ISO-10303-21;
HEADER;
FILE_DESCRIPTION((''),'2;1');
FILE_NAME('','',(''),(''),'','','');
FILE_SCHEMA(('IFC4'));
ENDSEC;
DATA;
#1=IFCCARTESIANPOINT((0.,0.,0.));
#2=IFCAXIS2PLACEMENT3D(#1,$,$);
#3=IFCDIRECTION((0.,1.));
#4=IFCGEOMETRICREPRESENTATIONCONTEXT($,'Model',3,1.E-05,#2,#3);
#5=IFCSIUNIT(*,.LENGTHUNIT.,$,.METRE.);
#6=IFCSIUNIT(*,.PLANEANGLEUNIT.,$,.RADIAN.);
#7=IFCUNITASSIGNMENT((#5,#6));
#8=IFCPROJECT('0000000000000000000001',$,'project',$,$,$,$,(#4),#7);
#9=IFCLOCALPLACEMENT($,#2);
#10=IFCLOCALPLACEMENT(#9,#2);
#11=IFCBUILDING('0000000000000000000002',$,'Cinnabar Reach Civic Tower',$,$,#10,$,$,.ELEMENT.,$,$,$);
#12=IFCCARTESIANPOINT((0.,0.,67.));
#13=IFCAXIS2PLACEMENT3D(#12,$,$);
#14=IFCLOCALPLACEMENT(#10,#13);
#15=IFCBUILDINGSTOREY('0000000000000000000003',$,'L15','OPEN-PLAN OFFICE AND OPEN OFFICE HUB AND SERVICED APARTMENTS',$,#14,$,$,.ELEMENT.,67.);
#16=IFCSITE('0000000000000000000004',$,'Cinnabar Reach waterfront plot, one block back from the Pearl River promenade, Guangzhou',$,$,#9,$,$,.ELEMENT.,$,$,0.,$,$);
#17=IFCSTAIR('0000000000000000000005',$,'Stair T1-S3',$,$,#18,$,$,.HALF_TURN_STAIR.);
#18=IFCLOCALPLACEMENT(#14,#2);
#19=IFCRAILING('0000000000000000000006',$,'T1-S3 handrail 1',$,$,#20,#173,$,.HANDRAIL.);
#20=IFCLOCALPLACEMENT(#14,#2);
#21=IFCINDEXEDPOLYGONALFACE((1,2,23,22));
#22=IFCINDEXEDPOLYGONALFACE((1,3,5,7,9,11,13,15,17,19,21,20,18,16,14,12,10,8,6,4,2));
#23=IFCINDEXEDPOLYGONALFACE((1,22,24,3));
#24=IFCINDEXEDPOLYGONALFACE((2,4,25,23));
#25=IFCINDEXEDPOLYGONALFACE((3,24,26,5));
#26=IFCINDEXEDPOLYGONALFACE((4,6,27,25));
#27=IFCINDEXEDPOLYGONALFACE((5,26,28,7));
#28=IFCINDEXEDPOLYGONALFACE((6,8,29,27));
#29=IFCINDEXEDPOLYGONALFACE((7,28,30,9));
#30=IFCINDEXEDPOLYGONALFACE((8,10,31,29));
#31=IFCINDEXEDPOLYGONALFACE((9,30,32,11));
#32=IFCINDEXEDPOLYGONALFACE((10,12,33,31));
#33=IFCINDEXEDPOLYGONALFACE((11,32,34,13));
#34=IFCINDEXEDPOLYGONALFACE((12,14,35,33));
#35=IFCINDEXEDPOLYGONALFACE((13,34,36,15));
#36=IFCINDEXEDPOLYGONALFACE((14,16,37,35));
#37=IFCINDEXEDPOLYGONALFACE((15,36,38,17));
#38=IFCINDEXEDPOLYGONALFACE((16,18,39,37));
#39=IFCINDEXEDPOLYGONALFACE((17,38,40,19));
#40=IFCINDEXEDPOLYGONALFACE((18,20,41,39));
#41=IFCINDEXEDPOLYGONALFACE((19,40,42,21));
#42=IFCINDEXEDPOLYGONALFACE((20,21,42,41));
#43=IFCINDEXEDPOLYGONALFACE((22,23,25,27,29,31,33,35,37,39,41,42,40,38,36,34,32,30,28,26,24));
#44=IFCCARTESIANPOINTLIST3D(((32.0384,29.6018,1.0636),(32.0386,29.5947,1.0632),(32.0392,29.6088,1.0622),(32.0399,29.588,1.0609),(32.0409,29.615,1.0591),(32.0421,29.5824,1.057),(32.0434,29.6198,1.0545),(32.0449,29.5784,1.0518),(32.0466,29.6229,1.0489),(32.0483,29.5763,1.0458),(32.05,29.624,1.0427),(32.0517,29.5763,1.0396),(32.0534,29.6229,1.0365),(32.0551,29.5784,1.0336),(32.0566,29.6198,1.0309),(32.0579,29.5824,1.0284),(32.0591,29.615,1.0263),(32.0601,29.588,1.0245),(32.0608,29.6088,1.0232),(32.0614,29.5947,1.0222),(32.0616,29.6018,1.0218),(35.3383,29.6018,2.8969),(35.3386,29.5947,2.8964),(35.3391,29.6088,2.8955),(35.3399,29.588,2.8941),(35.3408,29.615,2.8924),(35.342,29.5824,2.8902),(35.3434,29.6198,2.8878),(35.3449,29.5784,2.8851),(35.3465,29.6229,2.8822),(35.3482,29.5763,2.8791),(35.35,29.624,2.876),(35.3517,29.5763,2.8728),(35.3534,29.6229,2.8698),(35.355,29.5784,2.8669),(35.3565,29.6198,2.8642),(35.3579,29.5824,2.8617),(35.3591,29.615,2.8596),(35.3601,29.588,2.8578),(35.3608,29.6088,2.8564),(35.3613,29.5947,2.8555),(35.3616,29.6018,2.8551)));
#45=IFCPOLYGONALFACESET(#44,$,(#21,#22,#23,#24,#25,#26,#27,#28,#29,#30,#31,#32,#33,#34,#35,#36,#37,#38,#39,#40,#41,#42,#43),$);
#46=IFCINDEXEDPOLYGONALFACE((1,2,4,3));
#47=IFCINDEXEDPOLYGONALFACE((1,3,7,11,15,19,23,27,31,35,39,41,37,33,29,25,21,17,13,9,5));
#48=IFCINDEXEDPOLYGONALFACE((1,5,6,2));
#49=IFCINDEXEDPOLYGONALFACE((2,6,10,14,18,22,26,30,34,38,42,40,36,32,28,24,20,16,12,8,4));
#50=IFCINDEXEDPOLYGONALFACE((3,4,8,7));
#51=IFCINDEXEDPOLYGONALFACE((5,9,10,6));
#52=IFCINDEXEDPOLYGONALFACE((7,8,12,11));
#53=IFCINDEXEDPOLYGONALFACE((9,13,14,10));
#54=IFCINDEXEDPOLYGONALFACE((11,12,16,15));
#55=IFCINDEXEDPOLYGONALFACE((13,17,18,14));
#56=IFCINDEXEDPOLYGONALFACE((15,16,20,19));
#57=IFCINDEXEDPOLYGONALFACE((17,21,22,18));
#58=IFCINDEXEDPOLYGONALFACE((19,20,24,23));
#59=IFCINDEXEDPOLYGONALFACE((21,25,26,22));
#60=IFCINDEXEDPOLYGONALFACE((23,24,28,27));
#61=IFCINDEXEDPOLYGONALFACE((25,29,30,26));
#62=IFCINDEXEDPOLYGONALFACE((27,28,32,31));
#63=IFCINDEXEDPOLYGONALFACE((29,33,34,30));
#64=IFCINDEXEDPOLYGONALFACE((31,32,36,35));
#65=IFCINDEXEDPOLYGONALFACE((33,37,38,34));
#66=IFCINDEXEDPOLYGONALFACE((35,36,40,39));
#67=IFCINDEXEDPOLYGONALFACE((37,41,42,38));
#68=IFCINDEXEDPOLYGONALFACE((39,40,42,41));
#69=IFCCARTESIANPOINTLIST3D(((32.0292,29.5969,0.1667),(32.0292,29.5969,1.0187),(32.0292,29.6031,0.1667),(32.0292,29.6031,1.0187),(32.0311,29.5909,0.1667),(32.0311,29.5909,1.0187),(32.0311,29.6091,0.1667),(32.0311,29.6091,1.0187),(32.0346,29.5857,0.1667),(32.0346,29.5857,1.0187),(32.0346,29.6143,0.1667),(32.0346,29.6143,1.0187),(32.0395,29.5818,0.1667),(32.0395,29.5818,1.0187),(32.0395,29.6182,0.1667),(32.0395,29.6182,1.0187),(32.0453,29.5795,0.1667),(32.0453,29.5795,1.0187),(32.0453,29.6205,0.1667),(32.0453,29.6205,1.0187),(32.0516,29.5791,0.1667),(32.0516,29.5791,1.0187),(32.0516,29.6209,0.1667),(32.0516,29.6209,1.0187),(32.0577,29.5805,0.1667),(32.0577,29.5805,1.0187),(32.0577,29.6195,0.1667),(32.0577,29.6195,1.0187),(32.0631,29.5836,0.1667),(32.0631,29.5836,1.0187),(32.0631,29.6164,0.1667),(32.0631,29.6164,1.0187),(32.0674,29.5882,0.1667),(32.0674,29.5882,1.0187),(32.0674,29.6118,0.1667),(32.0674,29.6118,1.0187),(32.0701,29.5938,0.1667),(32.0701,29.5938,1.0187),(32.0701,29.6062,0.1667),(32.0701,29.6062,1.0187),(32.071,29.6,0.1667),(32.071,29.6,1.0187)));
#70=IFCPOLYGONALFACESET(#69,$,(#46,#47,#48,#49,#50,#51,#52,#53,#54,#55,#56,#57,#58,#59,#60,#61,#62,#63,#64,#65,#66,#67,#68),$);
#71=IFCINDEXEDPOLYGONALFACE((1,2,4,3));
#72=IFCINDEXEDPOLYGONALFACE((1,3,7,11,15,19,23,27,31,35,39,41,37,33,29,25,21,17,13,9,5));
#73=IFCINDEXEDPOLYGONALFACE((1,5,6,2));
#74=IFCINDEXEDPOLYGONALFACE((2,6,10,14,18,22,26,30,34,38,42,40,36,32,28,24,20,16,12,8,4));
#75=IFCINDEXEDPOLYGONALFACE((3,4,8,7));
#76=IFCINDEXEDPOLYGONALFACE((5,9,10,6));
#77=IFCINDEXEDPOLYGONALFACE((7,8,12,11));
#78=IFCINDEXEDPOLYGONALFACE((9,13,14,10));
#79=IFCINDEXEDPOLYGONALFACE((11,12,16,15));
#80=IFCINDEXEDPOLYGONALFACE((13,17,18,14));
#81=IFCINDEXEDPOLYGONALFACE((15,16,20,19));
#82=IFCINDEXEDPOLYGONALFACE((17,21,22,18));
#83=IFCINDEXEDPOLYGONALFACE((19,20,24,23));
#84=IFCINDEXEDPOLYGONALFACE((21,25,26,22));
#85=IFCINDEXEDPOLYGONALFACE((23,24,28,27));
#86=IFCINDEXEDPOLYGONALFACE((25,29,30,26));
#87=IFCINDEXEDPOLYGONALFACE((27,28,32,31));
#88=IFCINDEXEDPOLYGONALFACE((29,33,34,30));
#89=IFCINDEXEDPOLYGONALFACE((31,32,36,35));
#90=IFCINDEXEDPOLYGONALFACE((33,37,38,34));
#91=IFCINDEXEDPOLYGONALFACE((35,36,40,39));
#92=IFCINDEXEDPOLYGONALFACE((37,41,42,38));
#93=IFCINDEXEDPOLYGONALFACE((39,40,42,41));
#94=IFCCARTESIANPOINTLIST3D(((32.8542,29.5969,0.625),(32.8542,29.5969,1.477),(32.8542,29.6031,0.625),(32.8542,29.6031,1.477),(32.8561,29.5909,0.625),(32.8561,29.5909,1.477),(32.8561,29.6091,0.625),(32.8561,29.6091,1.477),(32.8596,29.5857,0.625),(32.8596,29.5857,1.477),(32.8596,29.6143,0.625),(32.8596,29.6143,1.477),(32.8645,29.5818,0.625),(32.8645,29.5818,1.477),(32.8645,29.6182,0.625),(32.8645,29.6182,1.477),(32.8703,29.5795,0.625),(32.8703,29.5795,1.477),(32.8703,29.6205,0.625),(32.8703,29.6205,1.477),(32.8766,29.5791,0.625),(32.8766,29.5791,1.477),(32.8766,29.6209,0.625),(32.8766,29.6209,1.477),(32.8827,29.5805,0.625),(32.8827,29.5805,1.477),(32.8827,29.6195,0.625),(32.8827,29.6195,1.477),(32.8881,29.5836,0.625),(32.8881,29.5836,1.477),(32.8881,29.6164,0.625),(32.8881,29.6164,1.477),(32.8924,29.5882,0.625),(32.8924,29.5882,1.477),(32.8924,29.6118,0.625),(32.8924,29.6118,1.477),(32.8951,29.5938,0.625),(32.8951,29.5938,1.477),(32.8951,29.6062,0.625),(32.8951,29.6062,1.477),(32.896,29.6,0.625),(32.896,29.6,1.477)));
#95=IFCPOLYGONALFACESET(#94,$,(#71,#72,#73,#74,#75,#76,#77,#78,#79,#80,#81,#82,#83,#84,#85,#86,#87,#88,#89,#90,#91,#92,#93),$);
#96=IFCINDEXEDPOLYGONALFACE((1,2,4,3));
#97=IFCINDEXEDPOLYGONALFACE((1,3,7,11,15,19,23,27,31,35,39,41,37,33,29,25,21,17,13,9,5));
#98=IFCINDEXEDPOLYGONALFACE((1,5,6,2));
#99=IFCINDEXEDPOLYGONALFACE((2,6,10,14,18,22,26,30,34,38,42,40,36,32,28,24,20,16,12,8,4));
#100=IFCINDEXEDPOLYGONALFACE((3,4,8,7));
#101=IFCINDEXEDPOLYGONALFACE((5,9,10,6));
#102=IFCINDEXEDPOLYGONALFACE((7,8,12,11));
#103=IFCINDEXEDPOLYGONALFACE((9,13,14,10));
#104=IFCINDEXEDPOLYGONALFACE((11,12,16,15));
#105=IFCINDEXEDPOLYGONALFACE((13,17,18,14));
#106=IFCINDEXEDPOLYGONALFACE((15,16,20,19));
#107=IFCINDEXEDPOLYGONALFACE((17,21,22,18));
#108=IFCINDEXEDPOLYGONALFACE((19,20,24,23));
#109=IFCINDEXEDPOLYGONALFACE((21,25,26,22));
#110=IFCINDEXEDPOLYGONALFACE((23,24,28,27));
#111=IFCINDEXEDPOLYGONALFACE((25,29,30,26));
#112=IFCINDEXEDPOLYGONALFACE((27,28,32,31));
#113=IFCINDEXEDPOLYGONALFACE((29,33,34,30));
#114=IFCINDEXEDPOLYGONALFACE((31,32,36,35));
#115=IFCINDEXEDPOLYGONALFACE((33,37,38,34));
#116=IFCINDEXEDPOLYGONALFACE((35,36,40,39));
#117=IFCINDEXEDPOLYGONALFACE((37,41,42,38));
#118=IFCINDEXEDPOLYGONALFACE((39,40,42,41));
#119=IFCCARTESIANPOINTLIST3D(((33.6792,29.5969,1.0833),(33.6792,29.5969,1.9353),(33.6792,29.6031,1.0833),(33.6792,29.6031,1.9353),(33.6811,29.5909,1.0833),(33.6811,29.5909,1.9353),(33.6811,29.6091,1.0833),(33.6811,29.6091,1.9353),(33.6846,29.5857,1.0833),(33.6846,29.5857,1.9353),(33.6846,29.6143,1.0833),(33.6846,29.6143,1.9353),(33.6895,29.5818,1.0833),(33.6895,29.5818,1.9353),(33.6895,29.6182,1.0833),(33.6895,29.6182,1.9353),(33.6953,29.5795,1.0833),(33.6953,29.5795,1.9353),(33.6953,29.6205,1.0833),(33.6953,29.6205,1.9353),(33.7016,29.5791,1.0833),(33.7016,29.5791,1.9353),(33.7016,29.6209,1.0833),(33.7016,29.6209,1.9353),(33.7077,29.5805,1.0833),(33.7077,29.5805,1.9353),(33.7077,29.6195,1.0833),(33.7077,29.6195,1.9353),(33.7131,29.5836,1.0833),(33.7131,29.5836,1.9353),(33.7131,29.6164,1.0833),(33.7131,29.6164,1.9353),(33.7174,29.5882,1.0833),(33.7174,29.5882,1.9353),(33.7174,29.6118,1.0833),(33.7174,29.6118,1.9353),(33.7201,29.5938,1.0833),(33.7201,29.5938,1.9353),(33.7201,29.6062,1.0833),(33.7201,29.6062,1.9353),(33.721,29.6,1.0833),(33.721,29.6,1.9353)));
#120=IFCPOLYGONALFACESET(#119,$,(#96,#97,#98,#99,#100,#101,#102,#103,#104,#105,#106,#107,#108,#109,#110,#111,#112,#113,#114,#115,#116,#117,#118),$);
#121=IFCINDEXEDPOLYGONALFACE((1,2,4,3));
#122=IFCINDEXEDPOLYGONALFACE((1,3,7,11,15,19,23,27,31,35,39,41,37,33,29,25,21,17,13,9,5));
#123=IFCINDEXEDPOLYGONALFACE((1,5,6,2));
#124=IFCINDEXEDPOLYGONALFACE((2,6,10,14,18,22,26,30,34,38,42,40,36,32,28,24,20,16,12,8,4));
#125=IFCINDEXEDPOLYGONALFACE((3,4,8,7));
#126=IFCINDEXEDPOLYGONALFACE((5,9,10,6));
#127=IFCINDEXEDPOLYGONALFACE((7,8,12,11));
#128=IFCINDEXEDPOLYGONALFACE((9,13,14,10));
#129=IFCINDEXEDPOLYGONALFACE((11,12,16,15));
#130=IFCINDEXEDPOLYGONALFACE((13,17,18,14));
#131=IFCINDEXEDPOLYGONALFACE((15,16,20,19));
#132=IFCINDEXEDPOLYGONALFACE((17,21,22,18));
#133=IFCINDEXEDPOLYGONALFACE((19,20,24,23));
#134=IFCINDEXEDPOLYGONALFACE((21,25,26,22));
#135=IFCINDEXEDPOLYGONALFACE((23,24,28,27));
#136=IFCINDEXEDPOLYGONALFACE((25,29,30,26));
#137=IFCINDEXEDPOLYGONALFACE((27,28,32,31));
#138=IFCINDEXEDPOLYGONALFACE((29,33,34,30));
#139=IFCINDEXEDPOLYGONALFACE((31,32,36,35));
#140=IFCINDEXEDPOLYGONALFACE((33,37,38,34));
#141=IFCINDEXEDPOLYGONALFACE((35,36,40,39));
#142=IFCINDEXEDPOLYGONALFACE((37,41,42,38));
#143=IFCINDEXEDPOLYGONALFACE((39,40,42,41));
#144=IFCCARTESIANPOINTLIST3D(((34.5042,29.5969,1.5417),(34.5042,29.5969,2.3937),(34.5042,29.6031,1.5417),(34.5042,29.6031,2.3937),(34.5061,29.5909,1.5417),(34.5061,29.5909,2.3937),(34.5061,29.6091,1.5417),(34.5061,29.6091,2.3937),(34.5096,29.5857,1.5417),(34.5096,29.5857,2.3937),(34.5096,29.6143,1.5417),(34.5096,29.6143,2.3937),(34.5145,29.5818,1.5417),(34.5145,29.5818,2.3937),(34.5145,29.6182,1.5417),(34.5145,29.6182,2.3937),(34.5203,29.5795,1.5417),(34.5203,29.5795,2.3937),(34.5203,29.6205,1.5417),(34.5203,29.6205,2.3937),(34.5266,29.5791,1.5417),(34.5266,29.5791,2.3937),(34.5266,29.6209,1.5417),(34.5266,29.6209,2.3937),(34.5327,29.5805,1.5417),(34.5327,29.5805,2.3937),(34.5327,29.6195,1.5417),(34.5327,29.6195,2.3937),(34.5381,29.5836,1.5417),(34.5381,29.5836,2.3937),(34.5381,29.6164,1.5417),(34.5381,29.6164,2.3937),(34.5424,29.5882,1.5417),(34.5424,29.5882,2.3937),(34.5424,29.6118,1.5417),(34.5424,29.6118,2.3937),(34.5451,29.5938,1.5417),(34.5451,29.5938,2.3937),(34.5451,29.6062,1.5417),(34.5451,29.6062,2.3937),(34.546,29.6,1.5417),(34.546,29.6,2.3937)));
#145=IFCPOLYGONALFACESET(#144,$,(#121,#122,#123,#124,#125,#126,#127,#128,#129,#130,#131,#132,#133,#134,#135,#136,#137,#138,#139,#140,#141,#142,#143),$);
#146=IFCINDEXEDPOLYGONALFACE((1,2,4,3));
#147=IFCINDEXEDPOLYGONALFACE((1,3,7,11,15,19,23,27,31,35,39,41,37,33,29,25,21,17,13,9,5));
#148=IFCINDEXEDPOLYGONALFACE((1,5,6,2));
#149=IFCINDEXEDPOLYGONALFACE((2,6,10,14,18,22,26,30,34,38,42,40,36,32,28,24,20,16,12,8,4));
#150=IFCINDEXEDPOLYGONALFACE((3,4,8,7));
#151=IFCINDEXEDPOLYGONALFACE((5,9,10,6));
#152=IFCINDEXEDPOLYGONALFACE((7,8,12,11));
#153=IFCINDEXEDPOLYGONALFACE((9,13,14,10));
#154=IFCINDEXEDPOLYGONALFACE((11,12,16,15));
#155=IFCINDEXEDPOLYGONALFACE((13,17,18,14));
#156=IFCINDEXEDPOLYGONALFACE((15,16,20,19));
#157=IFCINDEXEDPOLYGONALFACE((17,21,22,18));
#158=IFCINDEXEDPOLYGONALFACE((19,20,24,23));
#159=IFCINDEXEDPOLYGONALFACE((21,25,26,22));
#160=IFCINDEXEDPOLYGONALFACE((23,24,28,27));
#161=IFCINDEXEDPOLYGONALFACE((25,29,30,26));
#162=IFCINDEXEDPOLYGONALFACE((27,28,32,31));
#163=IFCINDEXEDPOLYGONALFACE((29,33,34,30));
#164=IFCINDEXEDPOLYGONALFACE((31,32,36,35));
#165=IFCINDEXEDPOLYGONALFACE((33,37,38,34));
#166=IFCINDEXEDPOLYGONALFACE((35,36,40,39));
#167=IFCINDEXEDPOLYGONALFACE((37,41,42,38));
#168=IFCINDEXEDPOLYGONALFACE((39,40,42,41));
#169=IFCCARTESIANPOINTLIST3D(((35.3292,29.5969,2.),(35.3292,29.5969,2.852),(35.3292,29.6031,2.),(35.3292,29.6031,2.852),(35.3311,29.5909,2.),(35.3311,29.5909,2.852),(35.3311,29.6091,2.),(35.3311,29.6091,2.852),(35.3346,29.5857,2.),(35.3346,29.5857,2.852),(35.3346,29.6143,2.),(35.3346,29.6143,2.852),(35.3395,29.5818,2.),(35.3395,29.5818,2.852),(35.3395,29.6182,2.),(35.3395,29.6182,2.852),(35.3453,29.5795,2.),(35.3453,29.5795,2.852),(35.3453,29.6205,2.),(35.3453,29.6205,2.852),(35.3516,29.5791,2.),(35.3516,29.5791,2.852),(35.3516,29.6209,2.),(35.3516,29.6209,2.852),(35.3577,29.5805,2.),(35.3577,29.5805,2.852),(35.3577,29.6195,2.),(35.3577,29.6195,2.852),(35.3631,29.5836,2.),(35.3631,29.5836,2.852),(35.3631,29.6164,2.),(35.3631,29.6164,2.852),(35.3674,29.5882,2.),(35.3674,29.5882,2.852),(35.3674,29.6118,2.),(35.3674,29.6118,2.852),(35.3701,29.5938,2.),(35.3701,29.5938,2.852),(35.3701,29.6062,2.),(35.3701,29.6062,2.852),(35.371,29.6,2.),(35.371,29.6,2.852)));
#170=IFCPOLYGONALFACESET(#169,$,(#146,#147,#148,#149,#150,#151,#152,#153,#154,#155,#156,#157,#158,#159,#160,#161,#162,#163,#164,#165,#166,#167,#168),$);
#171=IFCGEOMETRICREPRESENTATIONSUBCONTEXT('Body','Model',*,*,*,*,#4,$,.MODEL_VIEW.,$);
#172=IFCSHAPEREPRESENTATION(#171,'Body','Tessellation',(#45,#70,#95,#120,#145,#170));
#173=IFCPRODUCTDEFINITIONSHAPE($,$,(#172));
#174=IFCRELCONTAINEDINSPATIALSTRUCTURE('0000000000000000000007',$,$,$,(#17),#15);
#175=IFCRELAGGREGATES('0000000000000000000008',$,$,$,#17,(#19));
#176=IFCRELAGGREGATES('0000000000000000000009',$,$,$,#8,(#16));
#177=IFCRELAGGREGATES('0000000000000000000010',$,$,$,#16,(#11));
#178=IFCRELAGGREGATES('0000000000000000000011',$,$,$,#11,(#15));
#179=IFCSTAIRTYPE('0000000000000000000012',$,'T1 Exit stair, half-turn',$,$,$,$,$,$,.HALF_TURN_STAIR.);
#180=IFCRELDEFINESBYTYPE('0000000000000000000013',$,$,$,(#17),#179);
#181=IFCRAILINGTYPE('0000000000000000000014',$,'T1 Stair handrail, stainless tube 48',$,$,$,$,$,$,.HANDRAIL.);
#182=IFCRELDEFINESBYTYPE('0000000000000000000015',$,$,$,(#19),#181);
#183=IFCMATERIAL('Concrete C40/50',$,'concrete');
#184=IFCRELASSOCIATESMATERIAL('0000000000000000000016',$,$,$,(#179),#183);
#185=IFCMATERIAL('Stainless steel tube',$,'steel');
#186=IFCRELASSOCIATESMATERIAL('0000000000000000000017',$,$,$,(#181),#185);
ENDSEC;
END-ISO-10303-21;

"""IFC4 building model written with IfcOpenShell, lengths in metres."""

from ifc_helpers import new_model, si_unit, direction, frame, origin, origin_2d, place, context, subcontext, project, spatial, circle, extrude, material, type_object, element, aggregate, save


model = new_model("IFC4")

# Units and contexts
model_context = context("Model", 3, precision=1e-05, world=origin(), true_north=direction((0.0, 1.0)))
body_context = subcontext(model_context, "Body", "Model", "MODEL_VIEW")
ifc_project = project(units=[si_unit("LENGTHUNIT", "METRE"), si_unit("PLANEANGLEUNIT", "RADIAN")], contexts=[model_context])

# Site, building, storey
site_placement = place(None, origin())
site = spatial("IfcSite", under=ifc_project, at=site_placement, Name="Cinnabar Reach waterfront plot, one block back from the Pearl River promenade, Guangzhou", CompositionType="ELEMENT", RefElevation=0.0)
building_placement = place(site_placement, origin())
building = spatial("IfcBuilding", under=site, at=building_placement, Name="Cinnabar Reach Civic Tower", CompositionType="ELEMENT")
storey_placement = place(building_placement, frame((0.0, 0.0, 67.0)))
storey = spatial("IfcBuildingStorey", under=building, at=storey_placement, Name="L15", Description="OPEN-PLAN OFFICE AND OPEN OFFICE HUB AND SERVICED APARTMENTS", CompositionType="ELEMENT", Elevation=67.0)

# Stair, railing
ifc_material_1 = material(Name="Concrete C40/50", Category="concrete")
stair_type = type_object("IfcStairType", Name="T1 Exit stair, half-turn", PredefinedType="HALF_TURN_STAIR", material=ifc_material_1)
stair_placement = place(storey_placement, origin())
stair = element("IfcStair", 1, at=stair_placement, inside=storey, type_object=stair_type, Name="Stair T1-S3", PredefinedType="HALF_TURN_STAIR")
ifc_material_2 = material(Name="Stainless steel tube", Category="steel")
railing_type = type_object("IfcRailingType", Name="T1 Stair handrail, stainless tube 48", PredefinedType="HANDRAIL", material=ifc_material_2)
railing_1_placement = place(storey_placement, frame((32.05, 29.6, 0.1667)))
railing_1 = element("IfcRailing", 2, at=railing_1_placement, type_object=railing_type, Name="T1-S3 handrail 1", PredefinedType="HANDRAIL", context=body_context, shape_type="SweptSolid", body=[
    extrude(circle(Radius=0.024, at=origin_2d()), frame((0.0, 0.0, 0.876), z_axis=(0.874161, 0.0, 0.485636), x_axis=(0.0, 1.0, 0.0)), (0.0, 0.0, 1.0), 3.775),
    extrude(circle(Radius=0.021, at=origin_2d()), origin(), (0.0, 0.0, 1.0), 0.852),
    extrude(circle(Radius=0.021, at=origin_2d()), frame((0.825, 0.0, 0.4583)), (0.0, 0.0, 1.0), 0.852),
    extrude(circle(Radius=0.021, at=origin_2d()), frame((1.65, 0.0, 0.9166)), (0.0, 0.0, 1.0), 0.852),
    extrude(circle(Radius=0.021, at=origin_2d()), frame((2.475, 0.0, 1.375)), (0.0, 0.0, 1.0), 0.852),
    extrude(circle(Radius=0.021, at=origin_2d()), frame((3.3, 0.0, 1.8333)), (0.0, 0.0, 1.0), 0.852),
])
aggregate(stair, [railing_1])

save(model, "model.ifc")
